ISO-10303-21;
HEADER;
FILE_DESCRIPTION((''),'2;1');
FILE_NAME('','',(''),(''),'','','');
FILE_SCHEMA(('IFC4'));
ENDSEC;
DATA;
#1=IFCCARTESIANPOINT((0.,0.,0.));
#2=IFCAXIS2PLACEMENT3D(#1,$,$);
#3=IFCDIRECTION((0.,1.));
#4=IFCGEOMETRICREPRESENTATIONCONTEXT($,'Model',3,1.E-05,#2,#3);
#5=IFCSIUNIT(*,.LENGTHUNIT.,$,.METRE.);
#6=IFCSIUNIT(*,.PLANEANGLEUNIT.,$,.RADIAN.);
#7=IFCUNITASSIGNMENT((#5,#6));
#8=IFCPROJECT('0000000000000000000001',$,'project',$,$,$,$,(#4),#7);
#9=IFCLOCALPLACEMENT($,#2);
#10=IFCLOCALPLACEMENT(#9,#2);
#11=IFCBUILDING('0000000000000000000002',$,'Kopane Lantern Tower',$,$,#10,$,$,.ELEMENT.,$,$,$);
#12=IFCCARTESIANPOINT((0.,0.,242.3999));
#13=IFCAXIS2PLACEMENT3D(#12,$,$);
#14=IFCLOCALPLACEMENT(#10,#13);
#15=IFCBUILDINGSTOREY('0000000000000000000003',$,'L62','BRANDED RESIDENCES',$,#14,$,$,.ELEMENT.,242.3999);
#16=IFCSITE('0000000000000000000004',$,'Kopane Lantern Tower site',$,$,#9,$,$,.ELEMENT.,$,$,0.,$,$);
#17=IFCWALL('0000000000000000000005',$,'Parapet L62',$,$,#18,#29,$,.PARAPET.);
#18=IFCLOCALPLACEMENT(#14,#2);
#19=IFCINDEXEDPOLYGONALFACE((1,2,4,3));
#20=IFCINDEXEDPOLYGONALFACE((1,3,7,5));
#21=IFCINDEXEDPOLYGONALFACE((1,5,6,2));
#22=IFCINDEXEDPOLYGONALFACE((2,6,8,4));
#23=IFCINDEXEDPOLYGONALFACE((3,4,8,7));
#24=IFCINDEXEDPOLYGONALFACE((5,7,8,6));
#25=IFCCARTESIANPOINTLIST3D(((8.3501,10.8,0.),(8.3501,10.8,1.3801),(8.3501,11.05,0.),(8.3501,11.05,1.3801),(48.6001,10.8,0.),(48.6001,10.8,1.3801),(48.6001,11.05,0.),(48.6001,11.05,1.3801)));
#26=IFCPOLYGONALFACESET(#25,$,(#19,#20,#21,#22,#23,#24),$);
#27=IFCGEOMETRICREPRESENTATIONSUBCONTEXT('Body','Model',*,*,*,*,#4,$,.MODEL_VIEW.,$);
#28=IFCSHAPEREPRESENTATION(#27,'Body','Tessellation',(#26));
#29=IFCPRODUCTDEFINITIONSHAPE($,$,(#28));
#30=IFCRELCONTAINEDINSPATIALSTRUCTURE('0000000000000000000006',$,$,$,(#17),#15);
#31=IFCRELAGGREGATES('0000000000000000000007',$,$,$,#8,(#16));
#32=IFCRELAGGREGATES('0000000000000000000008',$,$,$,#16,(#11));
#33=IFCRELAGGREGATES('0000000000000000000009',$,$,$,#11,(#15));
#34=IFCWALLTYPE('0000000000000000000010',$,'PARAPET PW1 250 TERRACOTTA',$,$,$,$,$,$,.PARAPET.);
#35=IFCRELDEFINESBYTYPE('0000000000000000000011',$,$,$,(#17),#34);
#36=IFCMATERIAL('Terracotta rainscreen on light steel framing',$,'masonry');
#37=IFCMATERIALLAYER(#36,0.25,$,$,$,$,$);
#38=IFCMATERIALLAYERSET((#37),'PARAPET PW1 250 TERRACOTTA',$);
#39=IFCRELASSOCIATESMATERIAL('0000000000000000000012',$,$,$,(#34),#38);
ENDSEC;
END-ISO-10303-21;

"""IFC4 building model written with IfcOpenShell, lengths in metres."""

from ifc_helpers import new_model, si_unit, direction, frame, frame_2d, origin, place, context, subcontext, project, spatial, rectangle, extrude, material, layer, layer_set, type_object, element, save


model = new_model("IFC4")

# Units and contexts
model_context = context("Model", 3, precision=1e-05, world=origin(), true_north=direction((0.0, 1.0)))
body_context = subcontext(model_context, "Body", "Model", "MODEL_VIEW")
ifc_project = project(units=[si_unit("LENGTHUNIT", "METRE"), si_unit("PLANEANGLEUNIT", "RADIAN")], contexts=[model_context])

# Site, building, storey
site_placement = place(None, origin())
site = spatial("IfcSite", under=ifc_project, at=site_placement, Name="Kopane Lantern Tower site", CompositionType="ELEMENT", RefElevation=0.0)
building_placement = place(site_placement, origin())
building = spatial("IfcBuilding", under=site, at=building_placement, Name="Kopane Lantern Tower", CompositionType="ELEMENT")
storey_placement = place(building_placement, frame((0.0, 0.0, 242.3999)))
storey = spatial("IfcBuildingStorey", under=building, at=storey_placement, Name="L62", Description="BRANDED RESIDENCES", CompositionType="ELEMENT", Elevation=242.3999)

# Wall
ifc_material_1 = material(Name="Terracotta rainscreen on light steel framing", Category="masonry")
ifc_layer_1 = layer(ifc_material_1, 0.25)
ifc_layer_set_1 = layer_set([ifc_layer_1], Name="PARAPET PW1 250 TERRACOTTA")
wall_type_1 = type_object("IfcWallType", Name="PARAPET PW1 250 TERRACOTTA", PredefinedType="PARAPET", material=ifc_layer_set_1)
wall_1_placement = place(storey_placement, frame((8.3501, 10.925, 0.0), z_axis=(0.0, 0.0, 1.0), x_axis=(1.0, 0.0, 0.0)))
element("IfcWall", 1, at=wall_1_placement, inside=storey, type_object=wall_type_1, Name="Parapet L62", PredefinedType="PARAPET", context=body_context, shape_type="SweptSolid", body=[
    extrude(rectangle(XDim=40.25, YDim=0.25, at=frame_2d((20.125, 0.0))), origin(), (0.0, 0.0, 1.0), 1.3801),
])

save(model, "model.ifc")
